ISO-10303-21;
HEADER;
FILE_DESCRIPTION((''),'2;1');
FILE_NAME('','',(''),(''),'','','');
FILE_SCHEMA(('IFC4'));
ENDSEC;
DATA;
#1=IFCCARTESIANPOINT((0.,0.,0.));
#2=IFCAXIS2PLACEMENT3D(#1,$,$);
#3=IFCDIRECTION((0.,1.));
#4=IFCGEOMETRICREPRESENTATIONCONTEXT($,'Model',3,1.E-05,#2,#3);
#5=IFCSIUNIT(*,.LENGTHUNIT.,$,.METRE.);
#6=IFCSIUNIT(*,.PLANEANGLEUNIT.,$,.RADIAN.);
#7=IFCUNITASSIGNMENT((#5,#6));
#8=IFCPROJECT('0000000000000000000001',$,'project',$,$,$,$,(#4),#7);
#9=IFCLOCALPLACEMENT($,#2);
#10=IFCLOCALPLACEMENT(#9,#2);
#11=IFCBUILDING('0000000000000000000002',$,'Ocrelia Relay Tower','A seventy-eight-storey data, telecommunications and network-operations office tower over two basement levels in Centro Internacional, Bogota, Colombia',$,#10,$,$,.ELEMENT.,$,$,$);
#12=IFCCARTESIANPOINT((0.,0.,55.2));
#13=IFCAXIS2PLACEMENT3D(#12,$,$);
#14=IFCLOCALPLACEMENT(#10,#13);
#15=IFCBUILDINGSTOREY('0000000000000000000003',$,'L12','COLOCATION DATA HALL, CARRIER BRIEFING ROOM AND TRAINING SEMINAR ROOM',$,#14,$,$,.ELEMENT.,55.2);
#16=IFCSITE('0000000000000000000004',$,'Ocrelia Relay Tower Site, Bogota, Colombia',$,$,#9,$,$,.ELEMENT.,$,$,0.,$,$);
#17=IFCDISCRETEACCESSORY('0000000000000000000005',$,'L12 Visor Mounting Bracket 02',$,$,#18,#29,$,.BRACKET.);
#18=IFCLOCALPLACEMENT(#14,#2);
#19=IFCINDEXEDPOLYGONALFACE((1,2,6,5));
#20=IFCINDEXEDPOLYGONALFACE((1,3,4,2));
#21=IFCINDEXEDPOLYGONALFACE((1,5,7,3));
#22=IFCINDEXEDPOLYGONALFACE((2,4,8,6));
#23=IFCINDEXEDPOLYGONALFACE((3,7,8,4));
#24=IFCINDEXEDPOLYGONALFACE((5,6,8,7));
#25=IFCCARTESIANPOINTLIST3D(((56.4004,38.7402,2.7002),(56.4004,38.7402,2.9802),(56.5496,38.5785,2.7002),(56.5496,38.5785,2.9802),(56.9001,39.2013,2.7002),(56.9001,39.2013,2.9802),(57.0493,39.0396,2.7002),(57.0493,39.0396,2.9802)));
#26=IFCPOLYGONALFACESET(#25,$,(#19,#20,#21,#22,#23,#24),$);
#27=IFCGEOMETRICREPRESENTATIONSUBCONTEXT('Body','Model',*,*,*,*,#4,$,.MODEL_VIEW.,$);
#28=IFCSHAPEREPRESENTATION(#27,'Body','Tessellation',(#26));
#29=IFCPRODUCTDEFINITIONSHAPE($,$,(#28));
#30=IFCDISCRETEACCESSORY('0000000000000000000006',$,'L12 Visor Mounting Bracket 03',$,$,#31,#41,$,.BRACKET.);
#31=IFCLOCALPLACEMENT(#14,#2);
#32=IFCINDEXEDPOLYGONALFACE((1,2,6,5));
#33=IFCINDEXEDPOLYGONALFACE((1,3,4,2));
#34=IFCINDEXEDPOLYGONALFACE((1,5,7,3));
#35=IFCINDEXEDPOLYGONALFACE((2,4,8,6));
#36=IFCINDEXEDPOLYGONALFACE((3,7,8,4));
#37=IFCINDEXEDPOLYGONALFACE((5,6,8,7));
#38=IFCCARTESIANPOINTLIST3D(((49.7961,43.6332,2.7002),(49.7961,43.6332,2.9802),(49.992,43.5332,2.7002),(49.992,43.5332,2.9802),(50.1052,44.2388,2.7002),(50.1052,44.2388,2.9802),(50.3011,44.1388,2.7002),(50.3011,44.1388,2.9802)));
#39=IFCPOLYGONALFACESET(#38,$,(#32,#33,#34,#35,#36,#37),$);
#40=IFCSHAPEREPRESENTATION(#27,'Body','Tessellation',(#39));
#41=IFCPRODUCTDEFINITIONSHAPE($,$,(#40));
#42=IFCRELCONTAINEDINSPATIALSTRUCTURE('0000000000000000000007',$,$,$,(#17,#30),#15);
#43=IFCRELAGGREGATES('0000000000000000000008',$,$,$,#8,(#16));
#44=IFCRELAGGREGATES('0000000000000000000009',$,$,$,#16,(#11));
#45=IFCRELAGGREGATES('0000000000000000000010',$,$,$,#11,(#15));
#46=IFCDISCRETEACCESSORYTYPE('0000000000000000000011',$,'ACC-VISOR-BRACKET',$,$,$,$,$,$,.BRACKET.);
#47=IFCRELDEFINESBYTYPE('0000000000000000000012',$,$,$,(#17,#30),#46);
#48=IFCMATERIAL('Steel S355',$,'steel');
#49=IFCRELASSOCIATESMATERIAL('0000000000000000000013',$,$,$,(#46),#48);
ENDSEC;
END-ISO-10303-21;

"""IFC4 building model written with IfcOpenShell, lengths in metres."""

from ifc_helpers import new_model, si_unit, direction, frame, origin, origin_2d, place, context, subcontext, project, spatial, rectangle, extrude, material, type_object, element, save


model = new_model("IFC4")

# Units and contexts
model_context = context("Model", 3, precision=1e-05, world=origin(), true_north=direction((0.0, 1.0)))
body_context = subcontext(model_context, "Body", "Model", "MODEL_VIEW")
ifc_project = project(units=[si_unit("LENGTHUNIT", "METRE"), si_unit("PLANEANGLEUNIT", "RADIAN")], contexts=[model_context])

# Site, building, storey
site_placement = place(None, origin())
site = spatial("IfcSite", under=ifc_project, at=site_placement, Name="Ocrelia Relay Tower Site, Bogota, Colombia", CompositionType="ELEMENT", RefElevation=0.0)
building_placement = place(site_placement, origin())
building = spatial("IfcBuilding", under=site, at=building_placement, Name="Ocrelia Relay Tower", Description="A seventy-eight-storey data, telecommunications and network-operations office tower over two basement levels in Centro Internacional, Bogota, Colombia", CompositionType="ELEMENT")
storey_placement = place(building_placement, frame((0.0, 0.0, 55.2)))
storey = spatial("IfcBuildingStorey", under=building, at=storey_placement, Name="L12", Description="COLOCATION DATA HALL, CARRIER BRIEFING ROOM AND TRAINING SEMINAR ROOM", CompositionType="ELEMENT", Elevation=55.2)

# Shared definitions
ifc_material_1 = material(Name="Steel S355", Category="steel")

# Discrete accessories
discrete_accessory_type = type_object("IfcDiscreteAccessoryType", Name="ACC-VISOR-BRACKET", PredefinedType="BRACKET", material=ifc_material_1)
for number, where, z_axis, x_axis, name in (
    (1, (56.7249, 38.8899, 2.7002), (0.0, 0.0, 1.0), (-0.678151, 0.734923, 0.0), "L12 Visor Mounting Bracket 02"),
    (2, (50.0486, 43.886, 2.7002), (0.0, 0.0, 1.0), (-0.89071, 0.454573, 0.0), "L12 Visor Mounting Bracket 03"),
):
    element("IfcDiscreteAccessory", number, at=place(storey_placement, frame(where, z_axis=z_axis, x_axis=x_axis)), inside=storey, type_object=discrete_accessory_type, Name=name, PredefinedType="BRACKET", context=body_context, shape_type="SweptSolid", body=[
        extrude(rectangle(XDim=0.22, YDim=0.6799, at=origin_2d()), origin(), (0.0, 0.0, 1.0), 0.28),
    ])

save(model, "model.ifc")
